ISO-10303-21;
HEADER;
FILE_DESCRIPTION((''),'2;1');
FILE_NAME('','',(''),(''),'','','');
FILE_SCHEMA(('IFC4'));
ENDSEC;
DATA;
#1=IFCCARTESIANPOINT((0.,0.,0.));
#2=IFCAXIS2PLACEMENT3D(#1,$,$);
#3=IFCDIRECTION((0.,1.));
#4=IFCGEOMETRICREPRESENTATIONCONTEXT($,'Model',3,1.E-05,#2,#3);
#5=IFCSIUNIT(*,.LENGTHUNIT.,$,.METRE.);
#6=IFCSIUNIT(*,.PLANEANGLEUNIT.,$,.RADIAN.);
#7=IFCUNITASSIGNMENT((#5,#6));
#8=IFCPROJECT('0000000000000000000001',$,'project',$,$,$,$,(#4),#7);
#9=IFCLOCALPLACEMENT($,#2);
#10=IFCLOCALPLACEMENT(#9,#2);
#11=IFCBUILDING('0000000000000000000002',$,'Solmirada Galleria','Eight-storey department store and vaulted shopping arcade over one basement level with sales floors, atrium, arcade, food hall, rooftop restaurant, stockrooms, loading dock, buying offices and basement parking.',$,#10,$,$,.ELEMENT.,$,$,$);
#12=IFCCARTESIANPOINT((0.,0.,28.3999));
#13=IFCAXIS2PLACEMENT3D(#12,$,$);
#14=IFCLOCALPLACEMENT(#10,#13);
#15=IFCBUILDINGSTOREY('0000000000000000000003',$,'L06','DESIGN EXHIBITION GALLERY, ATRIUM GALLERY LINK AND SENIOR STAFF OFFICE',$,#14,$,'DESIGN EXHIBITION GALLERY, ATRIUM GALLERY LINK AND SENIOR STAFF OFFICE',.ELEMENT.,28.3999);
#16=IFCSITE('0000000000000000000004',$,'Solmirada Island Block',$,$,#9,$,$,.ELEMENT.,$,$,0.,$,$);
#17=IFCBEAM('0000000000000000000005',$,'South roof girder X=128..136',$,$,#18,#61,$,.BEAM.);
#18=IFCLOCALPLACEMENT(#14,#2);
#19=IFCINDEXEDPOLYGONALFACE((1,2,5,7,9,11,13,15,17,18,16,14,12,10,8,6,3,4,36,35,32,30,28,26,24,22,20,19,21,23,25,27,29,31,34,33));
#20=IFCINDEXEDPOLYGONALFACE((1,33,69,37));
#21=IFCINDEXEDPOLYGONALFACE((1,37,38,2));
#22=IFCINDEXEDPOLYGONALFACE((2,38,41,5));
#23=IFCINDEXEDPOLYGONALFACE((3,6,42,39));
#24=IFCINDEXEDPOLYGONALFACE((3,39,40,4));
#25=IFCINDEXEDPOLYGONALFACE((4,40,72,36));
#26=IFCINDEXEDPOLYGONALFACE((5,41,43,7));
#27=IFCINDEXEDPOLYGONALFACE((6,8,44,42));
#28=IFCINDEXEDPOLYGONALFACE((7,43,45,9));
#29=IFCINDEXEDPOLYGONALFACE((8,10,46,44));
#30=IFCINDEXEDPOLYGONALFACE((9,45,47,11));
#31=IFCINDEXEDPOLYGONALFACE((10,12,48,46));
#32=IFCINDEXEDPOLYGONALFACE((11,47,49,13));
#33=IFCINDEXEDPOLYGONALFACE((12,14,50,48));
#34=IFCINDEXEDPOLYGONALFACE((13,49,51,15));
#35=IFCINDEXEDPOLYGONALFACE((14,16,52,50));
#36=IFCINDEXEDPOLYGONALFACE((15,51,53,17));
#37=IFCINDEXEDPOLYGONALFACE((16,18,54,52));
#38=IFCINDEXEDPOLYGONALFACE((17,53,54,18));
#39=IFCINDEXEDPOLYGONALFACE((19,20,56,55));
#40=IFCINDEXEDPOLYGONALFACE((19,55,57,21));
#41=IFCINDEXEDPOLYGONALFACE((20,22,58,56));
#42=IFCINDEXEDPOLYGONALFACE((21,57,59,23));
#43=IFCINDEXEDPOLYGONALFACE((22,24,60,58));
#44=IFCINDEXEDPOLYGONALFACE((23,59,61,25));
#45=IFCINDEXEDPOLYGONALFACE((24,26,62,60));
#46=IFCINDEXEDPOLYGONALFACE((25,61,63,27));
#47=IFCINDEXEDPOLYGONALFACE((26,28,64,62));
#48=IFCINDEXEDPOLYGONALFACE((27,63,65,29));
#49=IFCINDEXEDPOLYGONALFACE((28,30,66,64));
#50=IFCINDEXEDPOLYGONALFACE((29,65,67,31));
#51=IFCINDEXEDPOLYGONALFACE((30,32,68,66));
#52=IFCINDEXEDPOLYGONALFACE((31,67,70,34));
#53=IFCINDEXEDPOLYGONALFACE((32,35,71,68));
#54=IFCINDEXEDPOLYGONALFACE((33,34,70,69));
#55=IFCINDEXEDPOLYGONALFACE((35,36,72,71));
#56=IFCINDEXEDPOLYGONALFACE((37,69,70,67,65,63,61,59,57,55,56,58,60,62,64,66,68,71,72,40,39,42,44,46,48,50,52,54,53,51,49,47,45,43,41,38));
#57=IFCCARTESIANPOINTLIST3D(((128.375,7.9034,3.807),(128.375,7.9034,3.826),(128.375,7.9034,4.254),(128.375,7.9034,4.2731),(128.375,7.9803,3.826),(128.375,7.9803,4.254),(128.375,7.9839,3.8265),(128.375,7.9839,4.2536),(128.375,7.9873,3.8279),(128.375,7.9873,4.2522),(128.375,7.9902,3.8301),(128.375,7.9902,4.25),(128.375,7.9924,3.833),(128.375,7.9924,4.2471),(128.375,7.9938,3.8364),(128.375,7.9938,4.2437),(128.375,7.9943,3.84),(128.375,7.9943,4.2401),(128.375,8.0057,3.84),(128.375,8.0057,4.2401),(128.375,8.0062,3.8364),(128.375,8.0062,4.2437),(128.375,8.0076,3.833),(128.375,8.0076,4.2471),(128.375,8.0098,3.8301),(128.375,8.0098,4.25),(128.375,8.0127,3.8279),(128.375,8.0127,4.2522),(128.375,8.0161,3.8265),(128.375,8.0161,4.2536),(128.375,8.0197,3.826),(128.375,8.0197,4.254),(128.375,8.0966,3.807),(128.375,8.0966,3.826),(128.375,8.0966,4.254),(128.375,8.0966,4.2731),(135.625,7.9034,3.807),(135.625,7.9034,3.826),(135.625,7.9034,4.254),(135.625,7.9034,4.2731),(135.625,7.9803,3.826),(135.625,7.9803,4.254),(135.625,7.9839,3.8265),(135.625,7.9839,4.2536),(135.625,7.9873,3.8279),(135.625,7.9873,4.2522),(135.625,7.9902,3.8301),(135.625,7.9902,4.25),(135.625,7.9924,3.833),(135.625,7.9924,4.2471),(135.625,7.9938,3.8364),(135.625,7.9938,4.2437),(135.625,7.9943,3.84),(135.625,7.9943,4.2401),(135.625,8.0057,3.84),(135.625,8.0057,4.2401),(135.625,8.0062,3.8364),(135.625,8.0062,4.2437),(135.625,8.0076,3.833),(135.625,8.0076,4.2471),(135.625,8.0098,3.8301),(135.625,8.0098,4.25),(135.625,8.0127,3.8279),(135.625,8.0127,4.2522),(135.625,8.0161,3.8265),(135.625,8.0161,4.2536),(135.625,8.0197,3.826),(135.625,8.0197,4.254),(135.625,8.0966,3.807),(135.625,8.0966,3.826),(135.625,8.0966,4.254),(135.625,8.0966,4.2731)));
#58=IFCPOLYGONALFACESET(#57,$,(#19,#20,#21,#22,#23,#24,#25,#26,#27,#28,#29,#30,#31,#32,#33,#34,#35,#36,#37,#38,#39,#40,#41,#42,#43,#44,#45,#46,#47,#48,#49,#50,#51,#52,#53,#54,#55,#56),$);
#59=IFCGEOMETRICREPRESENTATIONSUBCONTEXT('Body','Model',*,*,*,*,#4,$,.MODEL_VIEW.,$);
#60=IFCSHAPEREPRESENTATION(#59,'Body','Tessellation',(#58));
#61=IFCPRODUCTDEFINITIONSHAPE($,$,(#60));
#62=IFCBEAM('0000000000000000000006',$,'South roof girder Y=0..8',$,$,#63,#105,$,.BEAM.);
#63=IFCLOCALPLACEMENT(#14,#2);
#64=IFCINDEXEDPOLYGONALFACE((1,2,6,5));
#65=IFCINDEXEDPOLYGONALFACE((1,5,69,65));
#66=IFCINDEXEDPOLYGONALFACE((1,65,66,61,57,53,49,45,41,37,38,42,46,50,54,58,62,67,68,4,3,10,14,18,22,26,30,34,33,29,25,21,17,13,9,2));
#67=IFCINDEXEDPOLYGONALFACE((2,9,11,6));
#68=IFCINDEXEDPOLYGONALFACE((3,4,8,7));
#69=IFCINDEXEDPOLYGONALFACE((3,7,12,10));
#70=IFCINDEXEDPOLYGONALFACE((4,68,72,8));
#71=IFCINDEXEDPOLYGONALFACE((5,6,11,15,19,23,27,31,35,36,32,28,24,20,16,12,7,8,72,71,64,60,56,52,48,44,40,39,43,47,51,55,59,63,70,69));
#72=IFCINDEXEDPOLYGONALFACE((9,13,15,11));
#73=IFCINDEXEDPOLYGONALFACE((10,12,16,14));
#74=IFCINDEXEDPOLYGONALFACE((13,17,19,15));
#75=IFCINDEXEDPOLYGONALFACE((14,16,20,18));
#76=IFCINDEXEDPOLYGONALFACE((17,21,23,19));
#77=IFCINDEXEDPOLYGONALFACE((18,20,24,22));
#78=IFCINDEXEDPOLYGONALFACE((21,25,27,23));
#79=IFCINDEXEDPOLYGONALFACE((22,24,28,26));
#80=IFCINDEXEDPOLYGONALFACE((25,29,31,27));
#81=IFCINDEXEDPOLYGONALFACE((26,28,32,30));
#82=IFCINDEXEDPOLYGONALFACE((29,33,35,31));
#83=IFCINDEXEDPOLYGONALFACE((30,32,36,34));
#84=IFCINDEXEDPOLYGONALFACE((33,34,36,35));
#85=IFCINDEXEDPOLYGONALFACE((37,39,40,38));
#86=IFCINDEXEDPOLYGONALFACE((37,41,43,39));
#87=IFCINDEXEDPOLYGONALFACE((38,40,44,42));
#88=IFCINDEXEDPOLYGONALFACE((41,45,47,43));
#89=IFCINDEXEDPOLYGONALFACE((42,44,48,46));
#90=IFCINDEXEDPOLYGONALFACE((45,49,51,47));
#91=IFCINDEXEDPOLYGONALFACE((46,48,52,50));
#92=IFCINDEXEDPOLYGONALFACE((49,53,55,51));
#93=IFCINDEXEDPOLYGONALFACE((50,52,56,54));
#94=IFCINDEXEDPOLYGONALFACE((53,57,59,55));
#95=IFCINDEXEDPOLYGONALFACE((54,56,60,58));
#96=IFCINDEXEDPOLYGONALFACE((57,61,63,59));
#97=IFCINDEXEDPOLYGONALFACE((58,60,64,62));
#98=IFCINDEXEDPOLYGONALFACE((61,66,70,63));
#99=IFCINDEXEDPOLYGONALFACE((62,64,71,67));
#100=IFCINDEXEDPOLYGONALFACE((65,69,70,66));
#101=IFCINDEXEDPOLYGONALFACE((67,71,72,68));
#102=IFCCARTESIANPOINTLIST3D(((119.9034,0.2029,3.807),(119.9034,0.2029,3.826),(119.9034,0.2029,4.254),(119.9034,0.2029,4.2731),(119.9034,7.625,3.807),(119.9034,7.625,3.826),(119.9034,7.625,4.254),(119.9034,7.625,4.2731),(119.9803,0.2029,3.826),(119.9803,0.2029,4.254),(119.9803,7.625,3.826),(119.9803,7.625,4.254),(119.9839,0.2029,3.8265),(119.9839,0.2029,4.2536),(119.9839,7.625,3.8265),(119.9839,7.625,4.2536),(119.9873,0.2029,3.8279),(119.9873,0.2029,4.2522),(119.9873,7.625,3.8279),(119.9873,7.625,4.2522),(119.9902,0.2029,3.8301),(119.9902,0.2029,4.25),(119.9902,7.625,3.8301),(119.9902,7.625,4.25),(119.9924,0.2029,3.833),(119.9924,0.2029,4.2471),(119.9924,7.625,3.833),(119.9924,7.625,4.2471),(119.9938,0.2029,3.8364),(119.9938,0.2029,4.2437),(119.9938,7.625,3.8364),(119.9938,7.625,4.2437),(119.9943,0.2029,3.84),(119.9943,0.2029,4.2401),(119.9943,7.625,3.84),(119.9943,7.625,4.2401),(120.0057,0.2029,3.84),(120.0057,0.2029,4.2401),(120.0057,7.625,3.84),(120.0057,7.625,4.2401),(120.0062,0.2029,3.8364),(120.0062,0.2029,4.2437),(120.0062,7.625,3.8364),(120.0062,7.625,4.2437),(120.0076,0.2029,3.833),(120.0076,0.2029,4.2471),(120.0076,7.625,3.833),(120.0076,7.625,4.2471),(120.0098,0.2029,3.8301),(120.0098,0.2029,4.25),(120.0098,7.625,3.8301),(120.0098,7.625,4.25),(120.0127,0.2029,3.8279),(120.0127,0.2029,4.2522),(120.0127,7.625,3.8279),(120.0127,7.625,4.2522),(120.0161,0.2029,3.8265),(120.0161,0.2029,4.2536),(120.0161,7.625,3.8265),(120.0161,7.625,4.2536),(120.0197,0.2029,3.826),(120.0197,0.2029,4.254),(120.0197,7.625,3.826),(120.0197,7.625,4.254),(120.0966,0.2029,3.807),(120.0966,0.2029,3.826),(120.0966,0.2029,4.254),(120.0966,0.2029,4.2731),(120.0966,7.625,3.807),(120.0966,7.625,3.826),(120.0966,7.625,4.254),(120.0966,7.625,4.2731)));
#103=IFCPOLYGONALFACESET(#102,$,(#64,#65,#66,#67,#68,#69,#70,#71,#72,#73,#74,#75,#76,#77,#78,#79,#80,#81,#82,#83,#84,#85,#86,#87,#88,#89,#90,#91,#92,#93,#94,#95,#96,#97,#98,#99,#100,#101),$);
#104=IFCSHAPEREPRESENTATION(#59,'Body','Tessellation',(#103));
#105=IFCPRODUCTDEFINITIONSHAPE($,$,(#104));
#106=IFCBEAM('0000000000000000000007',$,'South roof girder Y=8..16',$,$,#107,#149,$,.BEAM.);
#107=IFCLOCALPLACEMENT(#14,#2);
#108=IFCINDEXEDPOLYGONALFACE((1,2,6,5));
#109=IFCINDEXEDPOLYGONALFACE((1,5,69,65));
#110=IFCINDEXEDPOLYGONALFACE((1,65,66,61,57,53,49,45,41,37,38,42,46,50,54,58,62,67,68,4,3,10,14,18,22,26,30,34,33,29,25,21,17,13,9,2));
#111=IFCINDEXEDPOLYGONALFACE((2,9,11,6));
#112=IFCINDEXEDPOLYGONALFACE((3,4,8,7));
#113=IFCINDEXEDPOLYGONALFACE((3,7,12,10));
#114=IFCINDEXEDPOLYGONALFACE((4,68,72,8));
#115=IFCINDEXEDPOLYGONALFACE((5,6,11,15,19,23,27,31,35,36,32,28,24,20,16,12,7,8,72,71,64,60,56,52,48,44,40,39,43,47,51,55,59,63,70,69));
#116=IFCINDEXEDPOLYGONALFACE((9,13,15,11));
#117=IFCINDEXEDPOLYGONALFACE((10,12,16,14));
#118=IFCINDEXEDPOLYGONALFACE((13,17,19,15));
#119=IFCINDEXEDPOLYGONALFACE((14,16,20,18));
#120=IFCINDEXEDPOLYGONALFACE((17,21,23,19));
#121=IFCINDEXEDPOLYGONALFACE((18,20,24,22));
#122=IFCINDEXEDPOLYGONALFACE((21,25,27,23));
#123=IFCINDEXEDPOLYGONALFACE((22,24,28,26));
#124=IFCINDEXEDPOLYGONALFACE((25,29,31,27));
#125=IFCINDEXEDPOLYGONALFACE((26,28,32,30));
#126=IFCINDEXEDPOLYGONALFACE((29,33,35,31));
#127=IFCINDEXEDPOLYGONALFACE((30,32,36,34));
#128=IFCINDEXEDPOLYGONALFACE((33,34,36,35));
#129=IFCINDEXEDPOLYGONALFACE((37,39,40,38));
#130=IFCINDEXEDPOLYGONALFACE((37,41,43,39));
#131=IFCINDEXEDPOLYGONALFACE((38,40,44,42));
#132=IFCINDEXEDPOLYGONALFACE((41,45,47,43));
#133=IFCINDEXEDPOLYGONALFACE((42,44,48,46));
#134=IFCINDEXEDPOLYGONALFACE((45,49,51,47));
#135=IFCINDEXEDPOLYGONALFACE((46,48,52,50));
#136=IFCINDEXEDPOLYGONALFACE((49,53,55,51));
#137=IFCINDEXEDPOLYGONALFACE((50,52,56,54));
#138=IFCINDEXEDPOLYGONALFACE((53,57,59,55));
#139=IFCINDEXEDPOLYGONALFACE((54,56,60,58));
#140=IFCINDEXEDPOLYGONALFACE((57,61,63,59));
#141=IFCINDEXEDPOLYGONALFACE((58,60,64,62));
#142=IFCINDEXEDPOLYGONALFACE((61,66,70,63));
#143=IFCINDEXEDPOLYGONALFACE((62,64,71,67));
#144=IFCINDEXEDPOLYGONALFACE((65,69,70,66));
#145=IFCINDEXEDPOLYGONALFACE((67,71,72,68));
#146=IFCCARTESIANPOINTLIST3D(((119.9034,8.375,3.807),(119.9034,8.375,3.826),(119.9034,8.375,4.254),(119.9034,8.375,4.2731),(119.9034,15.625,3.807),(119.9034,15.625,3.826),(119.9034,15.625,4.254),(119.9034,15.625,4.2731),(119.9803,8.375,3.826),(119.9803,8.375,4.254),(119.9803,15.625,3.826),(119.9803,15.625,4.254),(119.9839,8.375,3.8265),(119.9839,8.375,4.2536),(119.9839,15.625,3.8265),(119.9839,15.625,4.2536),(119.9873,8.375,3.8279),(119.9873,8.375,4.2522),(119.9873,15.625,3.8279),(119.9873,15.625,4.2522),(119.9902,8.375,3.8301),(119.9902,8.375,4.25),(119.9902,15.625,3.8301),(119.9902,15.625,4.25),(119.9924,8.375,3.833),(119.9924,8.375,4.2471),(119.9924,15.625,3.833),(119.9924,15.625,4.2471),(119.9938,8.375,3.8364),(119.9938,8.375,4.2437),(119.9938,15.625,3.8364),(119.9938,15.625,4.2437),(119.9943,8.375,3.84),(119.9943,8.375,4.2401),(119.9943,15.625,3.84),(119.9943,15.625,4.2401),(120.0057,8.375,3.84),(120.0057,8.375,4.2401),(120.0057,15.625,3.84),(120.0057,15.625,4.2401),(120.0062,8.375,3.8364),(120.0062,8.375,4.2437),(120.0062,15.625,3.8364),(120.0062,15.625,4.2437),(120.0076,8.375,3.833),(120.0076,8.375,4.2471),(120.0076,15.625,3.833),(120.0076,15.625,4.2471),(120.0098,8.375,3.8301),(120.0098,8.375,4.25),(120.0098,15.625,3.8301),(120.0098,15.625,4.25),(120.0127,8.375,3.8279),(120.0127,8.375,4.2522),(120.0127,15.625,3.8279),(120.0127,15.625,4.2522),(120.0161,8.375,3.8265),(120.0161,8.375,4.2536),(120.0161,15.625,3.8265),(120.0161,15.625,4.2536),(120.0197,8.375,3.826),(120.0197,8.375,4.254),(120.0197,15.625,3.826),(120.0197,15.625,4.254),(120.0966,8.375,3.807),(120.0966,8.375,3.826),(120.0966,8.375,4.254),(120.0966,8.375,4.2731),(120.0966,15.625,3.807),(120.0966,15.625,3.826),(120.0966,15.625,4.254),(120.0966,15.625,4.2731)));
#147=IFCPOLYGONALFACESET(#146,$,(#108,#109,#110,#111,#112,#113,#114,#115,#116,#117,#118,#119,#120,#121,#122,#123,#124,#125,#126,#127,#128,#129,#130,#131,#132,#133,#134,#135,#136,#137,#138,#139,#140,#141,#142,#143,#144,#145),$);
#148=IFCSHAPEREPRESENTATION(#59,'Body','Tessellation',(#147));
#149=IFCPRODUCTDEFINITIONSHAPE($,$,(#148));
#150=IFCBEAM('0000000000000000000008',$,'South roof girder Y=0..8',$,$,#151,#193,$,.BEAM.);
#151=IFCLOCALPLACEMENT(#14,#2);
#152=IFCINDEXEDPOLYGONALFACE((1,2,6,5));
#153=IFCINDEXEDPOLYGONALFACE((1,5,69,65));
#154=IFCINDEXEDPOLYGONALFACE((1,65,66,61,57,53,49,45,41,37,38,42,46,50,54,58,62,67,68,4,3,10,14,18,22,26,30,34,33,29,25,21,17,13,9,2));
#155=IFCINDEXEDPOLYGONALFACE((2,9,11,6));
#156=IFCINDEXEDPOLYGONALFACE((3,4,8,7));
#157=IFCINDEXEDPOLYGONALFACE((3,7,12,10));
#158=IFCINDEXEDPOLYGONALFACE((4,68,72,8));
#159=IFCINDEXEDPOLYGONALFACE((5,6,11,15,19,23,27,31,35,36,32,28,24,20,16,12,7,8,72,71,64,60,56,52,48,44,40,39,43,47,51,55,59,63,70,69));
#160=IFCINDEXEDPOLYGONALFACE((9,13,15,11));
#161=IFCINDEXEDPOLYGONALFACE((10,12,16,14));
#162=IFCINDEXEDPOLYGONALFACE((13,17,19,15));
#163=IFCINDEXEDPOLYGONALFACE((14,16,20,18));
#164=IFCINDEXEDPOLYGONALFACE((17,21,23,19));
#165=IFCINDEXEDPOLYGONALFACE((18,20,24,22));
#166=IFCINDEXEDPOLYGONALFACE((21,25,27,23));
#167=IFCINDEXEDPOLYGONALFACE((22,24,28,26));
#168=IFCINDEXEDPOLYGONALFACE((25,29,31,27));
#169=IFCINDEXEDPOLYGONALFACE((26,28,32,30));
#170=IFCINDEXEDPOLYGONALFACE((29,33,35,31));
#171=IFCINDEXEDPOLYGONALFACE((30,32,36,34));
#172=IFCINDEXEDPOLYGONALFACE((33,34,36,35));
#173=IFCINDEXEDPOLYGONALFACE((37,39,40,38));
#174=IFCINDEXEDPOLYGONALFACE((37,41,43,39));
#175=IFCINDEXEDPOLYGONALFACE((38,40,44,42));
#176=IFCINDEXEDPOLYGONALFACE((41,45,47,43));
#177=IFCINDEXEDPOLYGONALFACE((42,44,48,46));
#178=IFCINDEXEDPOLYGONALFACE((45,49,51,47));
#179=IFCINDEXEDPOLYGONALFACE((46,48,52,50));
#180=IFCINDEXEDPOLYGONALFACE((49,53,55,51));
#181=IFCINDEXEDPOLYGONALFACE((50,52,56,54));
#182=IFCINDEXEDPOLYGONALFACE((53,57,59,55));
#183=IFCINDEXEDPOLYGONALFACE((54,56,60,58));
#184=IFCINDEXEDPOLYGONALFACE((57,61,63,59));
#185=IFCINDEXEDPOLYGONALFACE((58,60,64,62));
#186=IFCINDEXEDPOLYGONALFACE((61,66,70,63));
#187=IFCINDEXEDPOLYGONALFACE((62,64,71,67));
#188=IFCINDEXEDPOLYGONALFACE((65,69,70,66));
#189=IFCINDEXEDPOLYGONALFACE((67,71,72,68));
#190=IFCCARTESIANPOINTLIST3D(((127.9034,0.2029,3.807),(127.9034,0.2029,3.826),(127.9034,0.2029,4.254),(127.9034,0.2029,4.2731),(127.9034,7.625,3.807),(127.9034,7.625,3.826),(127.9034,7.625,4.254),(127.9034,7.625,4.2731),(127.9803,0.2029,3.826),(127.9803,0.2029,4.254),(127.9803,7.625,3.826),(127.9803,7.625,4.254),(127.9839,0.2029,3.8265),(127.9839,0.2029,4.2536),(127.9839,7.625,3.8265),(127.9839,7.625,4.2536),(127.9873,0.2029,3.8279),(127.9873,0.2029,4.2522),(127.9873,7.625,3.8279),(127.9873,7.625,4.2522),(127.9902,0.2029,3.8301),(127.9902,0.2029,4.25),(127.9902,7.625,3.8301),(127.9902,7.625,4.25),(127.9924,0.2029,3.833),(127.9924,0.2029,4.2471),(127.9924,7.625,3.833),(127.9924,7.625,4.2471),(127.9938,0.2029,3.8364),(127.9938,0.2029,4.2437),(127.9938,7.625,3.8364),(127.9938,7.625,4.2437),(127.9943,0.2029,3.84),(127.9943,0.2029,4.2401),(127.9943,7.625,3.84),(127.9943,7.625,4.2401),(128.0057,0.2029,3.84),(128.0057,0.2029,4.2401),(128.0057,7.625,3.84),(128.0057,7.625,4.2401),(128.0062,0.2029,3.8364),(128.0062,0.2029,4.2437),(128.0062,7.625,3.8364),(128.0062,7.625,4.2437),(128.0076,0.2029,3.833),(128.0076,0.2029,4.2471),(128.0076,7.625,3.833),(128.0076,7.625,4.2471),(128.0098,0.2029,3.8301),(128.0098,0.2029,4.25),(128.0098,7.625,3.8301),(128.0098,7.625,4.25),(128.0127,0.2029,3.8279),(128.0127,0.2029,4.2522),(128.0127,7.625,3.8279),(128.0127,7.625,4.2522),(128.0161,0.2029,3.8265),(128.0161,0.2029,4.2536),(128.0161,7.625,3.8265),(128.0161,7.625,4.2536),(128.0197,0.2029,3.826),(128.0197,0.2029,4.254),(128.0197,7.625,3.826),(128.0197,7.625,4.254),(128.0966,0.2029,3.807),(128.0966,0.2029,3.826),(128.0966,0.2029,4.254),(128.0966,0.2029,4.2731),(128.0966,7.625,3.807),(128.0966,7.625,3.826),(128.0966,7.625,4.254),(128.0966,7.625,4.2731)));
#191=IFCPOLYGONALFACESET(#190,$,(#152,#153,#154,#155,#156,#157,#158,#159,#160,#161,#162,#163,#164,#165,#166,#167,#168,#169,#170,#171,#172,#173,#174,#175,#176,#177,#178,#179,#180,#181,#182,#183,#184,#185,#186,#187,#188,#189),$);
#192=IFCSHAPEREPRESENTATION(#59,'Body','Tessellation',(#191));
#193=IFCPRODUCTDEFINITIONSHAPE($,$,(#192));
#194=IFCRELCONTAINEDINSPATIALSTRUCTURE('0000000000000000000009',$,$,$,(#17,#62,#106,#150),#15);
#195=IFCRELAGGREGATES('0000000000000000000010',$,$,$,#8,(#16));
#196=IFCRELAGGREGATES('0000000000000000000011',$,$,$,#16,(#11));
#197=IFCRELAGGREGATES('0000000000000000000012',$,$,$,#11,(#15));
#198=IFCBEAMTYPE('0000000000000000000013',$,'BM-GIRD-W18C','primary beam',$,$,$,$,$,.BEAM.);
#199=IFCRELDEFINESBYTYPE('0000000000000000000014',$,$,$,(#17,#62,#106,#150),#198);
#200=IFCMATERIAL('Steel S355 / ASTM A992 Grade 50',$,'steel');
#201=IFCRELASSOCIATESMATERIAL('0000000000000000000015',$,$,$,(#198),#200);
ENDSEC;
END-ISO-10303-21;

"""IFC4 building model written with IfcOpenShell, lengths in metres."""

from ifc_helpers import new_model, si_unit, direction, frame, origin, origin_2d, place, context, subcontext, project, spatial, i_section, extrude, material, material_profile, profile_set, type_object, element, save


model = new_model("IFC4")

# Units and contexts
model_context = context("Model", 3, precision=1e-05, world=origin(), true_north=direction((0.0, 1.0)))
body_context = subcontext(model_context, "Body", "Model", "MODEL_VIEW")
ifc_project = project(units=[si_unit("LENGTHUNIT", "METRE"), si_unit("PLANEANGLEUNIT", "RADIAN")], contexts=[model_context])

# Site, building, storey
site_placement = place(None, origin())
site = spatial("IfcSite", under=ifc_project, at=site_placement, Name="Solmirada Island Block", CompositionType="ELEMENT", RefElevation=0.0)
building_placement = place(site_placement, origin())
building = spatial("IfcBuilding", under=site, at=building_placement, Name="Solmirada Galleria", Description="Eight-storey department store and vaulted shopping arcade over one basement level with sales floors, atrium, arcade, food hall, rooftop restaurant, stockrooms, loading dock, buying offices and basement parking.", CompositionType="ELEMENT")
storey_placement = place(building_placement, frame((0.0, 0.0, 28.3999)))
storey = spatial("IfcBuildingStorey", under=building, at=storey_placement, Name="L06", Description="DESIGN EXHIBITION GALLERY, ATRIUM GALLERY LINK AND SENIOR STAFF OFFICE", LongName="DESIGN EXHIBITION GALLERY, ATRIUM GALLERY LINK AND SENIOR STAFF OFFICE", CompositionType="ELEMENT", Elevation=28.3999)

# Beams
ifc_material_1 = material(Name="Steel S355 / ASTM A992 Grade 50", Category="steel")
ifc_material_profile_1 = material_profile(ifc_material_1, i_section(OverallWidth=0.1931, OverallDepth=0.4661, WebThickness=0.0115, FlangeThickness=0.019, FilletRadius=0.0139, at=origin_2d()), Name="W18X65")
ifc_profile_set_1 = profile_set([ifc_material_profile_1], Name="Steel S355 / ASTM A992 Grade 50")
beam_type = type_object("IfcBeamType", Name="BM-GIRD-W18C", Description="primary beam", PredefinedType="BEAM", material=ifc_profile_set_1)
beam_1_placement = place(storey_placement, frame((128.375, 8.0, 4.04), z_axis=(1.0, 0.0, 0.0), x_axis=(0.0, 1.0, 0.0)))
element("IfcBeam", 1, at=beam_1_placement, inside=storey, type_object=beam_type, Name="South roof girder X=128..136", PredefinedType="BEAM", context=body_context, shape_type="SweptSolid", body=[
    extrude(i_section(OverallWidth=0.1931, OverallDepth=0.4661, WebThickness=0.0115, FlangeThickness=0.019, FilletRadius=0.0139, at=origin_2d()), origin(), (0.0, 0.0, 1.0), 7.25),
])
beam_2_placement = place(storey_placement, frame((120.0, 0.2029, 4.04), z_axis=(0.0, 1.0, 0.0), x_axis=(-1.0, 0.0, 0.0)))
element("IfcBeam", 2, at=beam_2_placement, inside=storey, type_object=beam_type, Name="South roof girder Y=0..8", PredefinedType="BEAM", context=body_context, shape_type="SweptSolid", body=[
    extrude(i_section(OverallWidth=0.1931, OverallDepth=0.4661, WebThickness=0.0115, FlangeThickness=0.019, FilletRadius=0.0139, at=origin_2d()), origin(), (0.0, 0.0, 1.0), 7.4221),
])
beam_3_placement = place(storey_placement, frame((120.0, 8.375, 4.04), z_axis=(0.0, 1.0, 0.0), x_axis=(-1.0, 0.0, 0.0)))
element("IfcBeam", 3, at=beam_3_placement, inside=storey, type_object=beam_type, Name="South roof girder Y=8..16", PredefinedType="BEAM", context=body_context, shape_type="SweptSolid", body=[
    extrude(i_section(OverallWidth=0.1931, OverallDepth=0.4661, WebThickness=0.0115, FlangeThickness=0.019, FilletRadius=0.0139, at=origin_2d()), origin(), (0.0, 0.0, 1.0), 7.25),
])
beam_4_placement = place(storey_placement, frame((128.0, 0.2029, 4.04), z_axis=(0.0, 1.0, 0.0), x_axis=(-1.0, 0.0, 0.0)))
element("IfcBeam", 4, at=beam_4_placement, inside=storey, type_object=beam_type, Name="South roof girder Y=0..8", PredefinedType="BEAM", context=body_context, shape_type="SweptSolid", body=[
    extrude(i_section(OverallWidth=0.1931, OverallDepth=0.4661, WebThickness=0.0115, FlangeThickness=0.019, FilletRadius=0.0139, at=origin_2d()), origin(), (0.0, 0.0, 1.0), 7.4221),
])

save(model, "model.ifc")
